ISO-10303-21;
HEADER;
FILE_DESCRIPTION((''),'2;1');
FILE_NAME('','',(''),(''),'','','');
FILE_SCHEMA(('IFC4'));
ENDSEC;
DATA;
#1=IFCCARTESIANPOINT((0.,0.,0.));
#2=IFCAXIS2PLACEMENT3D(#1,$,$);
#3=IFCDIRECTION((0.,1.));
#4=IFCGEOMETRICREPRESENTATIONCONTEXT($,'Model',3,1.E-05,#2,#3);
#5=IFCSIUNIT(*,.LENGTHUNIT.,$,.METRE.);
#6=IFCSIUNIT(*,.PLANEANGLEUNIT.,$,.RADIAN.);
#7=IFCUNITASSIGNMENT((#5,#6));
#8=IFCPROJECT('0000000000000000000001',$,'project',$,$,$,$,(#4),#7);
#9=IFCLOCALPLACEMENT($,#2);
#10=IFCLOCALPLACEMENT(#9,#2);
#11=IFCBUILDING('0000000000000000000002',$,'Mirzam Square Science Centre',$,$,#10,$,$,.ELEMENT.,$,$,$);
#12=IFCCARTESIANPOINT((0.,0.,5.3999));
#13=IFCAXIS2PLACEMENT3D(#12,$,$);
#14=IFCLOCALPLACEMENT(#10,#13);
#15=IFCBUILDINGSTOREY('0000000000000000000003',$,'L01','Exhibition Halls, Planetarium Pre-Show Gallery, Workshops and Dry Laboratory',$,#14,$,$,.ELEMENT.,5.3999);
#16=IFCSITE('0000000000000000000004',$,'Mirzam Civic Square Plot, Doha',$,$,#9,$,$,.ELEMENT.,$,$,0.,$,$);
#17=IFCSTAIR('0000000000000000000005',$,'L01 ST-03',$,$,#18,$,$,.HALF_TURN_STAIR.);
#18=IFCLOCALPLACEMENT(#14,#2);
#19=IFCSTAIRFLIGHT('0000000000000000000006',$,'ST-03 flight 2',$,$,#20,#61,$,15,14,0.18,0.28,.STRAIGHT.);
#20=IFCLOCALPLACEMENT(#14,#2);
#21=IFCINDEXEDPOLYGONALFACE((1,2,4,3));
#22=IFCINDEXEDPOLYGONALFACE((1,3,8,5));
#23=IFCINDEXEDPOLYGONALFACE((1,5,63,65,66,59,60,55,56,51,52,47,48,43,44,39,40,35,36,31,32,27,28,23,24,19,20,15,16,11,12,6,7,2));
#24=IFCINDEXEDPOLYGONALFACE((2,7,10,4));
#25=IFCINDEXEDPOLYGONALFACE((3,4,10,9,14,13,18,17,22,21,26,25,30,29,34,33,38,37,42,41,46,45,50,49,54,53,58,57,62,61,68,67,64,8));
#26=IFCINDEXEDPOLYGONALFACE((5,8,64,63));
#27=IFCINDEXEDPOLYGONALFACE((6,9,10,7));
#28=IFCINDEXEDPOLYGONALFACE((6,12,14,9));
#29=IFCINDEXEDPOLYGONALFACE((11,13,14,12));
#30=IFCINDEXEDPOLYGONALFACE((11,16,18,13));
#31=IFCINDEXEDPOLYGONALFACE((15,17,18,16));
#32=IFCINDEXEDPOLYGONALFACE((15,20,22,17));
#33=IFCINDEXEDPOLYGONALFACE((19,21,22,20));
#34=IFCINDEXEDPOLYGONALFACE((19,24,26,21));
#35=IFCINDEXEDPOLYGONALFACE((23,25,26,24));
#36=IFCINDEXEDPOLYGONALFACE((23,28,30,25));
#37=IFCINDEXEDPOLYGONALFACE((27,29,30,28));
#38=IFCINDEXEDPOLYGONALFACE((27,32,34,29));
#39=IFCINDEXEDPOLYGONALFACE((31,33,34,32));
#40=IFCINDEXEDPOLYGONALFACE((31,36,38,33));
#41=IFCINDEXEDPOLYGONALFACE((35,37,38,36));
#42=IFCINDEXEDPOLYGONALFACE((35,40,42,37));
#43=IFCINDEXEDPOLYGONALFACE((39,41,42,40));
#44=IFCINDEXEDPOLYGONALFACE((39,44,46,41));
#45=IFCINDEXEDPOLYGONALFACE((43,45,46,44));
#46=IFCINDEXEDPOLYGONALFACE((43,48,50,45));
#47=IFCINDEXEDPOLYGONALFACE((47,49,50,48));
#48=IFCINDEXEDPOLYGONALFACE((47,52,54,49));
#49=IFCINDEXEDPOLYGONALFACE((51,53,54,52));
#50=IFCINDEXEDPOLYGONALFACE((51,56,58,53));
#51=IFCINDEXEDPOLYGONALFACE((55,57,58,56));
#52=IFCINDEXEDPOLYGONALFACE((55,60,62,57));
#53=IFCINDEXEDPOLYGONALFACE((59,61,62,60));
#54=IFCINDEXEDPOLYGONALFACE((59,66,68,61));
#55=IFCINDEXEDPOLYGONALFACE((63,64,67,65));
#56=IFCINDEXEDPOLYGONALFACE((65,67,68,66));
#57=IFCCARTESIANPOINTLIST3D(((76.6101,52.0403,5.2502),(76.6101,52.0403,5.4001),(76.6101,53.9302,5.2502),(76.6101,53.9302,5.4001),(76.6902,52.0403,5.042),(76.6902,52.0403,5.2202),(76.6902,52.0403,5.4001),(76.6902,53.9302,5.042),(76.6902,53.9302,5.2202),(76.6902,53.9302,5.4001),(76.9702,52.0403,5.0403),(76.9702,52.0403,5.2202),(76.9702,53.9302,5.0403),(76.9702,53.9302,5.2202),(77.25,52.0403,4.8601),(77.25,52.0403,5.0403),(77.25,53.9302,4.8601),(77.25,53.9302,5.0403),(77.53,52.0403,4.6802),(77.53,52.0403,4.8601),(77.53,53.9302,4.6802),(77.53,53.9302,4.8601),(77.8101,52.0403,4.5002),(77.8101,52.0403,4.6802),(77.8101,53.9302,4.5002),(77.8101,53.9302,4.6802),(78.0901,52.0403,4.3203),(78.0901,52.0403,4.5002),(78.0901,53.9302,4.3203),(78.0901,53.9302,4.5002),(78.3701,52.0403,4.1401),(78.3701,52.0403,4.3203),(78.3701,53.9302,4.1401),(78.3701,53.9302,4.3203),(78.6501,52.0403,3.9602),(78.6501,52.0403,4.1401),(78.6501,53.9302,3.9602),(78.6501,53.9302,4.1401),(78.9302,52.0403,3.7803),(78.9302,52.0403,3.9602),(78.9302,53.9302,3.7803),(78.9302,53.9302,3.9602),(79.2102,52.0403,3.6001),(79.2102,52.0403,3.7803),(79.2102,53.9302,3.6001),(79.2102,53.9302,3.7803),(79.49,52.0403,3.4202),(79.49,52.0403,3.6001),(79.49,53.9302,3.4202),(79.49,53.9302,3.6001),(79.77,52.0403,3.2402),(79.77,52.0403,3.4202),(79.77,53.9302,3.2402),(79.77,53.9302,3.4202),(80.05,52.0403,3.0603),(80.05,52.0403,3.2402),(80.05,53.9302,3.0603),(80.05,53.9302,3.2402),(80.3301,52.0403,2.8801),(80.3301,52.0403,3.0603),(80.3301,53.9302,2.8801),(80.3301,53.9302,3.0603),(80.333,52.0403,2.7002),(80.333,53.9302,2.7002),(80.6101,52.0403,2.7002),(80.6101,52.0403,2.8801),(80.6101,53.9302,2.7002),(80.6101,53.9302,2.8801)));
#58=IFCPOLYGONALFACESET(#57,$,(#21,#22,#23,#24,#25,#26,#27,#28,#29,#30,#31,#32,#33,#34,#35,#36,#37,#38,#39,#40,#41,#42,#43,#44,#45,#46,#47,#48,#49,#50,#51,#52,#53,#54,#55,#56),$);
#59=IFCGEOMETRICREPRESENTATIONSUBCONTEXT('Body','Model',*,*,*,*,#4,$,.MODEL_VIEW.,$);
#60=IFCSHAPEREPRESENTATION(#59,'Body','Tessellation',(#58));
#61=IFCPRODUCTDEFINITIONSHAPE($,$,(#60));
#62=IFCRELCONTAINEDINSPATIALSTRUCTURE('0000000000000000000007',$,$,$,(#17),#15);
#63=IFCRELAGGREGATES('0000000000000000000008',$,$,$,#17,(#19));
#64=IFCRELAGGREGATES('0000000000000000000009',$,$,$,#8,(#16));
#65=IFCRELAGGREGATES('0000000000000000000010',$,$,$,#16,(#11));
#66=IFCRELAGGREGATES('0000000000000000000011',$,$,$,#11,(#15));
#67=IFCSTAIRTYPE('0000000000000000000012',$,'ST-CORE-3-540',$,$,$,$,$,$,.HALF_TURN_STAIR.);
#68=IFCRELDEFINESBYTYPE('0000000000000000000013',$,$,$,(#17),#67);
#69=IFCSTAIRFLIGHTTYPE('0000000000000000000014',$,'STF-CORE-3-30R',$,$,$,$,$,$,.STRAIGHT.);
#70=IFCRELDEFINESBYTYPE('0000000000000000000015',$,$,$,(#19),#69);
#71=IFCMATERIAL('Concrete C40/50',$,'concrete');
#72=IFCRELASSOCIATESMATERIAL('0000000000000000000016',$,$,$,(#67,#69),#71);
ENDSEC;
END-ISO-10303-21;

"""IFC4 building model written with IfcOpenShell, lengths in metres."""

from ifc_helpers import new_model, si_unit, direction, frame, origin, place, context, subcontext, project, spatial, polyline, outline, extrude, material, type_object, element, aggregate, save


model = new_model("IFC4")

# Units and contexts
model_context = context("Model", 3, precision=1e-05, world=origin(), true_north=direction((0.0, 1.0)))
body_context = subcontext(model_context, "Body", "Model", "MODEL_VIEW")
ifc_project = project(units=[si_unit("LENGTHUNIT", "METRE"), si_unit("PLANEANGLEUNIT", "RADIAN")], contexts=[model_context])

# Site, building, storey
site_placement = place(None, origin())
site = spatial("IfcSite", under=ifc_project, at=site_placement, Name="Mirzam Civic Square Plot, Doha", CompositionType="ELEMENT", RefElevation=0.0)
building_placement = place(site_placement, origin())
building = spatial("IfcBuilding", under=site, at=building_placement, Name="Mirzam Square Science Centre", CompositionType="ELEMENT")
storey_placement = place(building_placement, frame((0.0, 0.0, 5.3999)))
storey = spatial("IfcBuildingStorey", under=building, at=storey_placement, Name="L01", Description="Exhibition Halls, Planetarium Pre-Show Gallery, Workshops and Dry Laboratory", CompositionType="ELEMENT", Elevation=5.3999)

# Stair, stair flight
ifc_material_1 = material(Name="Concrete C40/50", Category="concrete")
stair_type = type_object("IfcStairType", Name="ST-CORE-3-540", PredefinedType="HALF_TURN_STAIR", material=ifc_material_1)
stair_placement = place(storey_placement, origin())
stair = element("IfcStair", 1, at=stair_placement, inside=storey, type_object=stair_type, Name="L01 ST-03", PredefinedType="HALF_TURN_STAIR")
stair_flight_type = type_object("IfcStairFlightType", Name="STF-CORE-3-30R", PredefinedType="STRAIGHT", material=ifc_material_1)
stair_flight_1_placement = place(storey_placement, frame((80.6101, 52.9851, 2.7002), z_axis=(0.0, 0.0, 1.0), x_axis=(-1.0, 0.0, 0.0)))
stair_flight_1 = element("IfcStairFlight", 2, at=stair_flight_1_placement, type_object=stair_flight_type, Name="ST-03 flight 2", NumberOfRisers=15, NumberOfTreads=14, PredefinedType="STRAIGHT", RiserHeight=0.18, TreadLength=0.28, context=body_context, shape_type="SweptSolid", body=[
    extrude(outline(polyline([(0.0, 0.0), (0.0, 0.1799), (0.28, 0.1799), (0.28, 0.3601), (0.5601, 0.3601), (0.5601, 0.54), (0.8401, 0.54), (0.8401, 0.72), (1.1201, 0.72), (1.1201, 0.8999), (1.3999, 0.8999), (1.3999, 1.0801), (1.6799, 1.0801), (1.6799, 1.26), (1.96, 1.26), (1.96, 1.4399), (2.24, 1.4399), (2.24, 1.6201), (2.52, 1.6201), (2.52, 1.8), (2.8, 1.8), (2.8, 1.98), (3.0801, 1.98), (3.0801, 2.1599), (3.3601, 2.1599), (3.3601, 2.3401), (3.6399, 2.3401), (3.6399, 2.52), (3.9199, 2.52), (3.9199, 2.7), (4.0, 2.7), (4.0, 2.55), (3.9199, 2.3418), (0.2771, 0.0), (0.0, 0.0)])), frame((0.0, 0.9448, 0.0), z_axis=(0.0, -1.0, 0.0), x_axis=(1.0, 0.0, 0.0)), (0.0, 0.0, 1.0), 1.8899),
])
aggregate(stair, [stair_flight_1])

save(model, "model.ifc")
